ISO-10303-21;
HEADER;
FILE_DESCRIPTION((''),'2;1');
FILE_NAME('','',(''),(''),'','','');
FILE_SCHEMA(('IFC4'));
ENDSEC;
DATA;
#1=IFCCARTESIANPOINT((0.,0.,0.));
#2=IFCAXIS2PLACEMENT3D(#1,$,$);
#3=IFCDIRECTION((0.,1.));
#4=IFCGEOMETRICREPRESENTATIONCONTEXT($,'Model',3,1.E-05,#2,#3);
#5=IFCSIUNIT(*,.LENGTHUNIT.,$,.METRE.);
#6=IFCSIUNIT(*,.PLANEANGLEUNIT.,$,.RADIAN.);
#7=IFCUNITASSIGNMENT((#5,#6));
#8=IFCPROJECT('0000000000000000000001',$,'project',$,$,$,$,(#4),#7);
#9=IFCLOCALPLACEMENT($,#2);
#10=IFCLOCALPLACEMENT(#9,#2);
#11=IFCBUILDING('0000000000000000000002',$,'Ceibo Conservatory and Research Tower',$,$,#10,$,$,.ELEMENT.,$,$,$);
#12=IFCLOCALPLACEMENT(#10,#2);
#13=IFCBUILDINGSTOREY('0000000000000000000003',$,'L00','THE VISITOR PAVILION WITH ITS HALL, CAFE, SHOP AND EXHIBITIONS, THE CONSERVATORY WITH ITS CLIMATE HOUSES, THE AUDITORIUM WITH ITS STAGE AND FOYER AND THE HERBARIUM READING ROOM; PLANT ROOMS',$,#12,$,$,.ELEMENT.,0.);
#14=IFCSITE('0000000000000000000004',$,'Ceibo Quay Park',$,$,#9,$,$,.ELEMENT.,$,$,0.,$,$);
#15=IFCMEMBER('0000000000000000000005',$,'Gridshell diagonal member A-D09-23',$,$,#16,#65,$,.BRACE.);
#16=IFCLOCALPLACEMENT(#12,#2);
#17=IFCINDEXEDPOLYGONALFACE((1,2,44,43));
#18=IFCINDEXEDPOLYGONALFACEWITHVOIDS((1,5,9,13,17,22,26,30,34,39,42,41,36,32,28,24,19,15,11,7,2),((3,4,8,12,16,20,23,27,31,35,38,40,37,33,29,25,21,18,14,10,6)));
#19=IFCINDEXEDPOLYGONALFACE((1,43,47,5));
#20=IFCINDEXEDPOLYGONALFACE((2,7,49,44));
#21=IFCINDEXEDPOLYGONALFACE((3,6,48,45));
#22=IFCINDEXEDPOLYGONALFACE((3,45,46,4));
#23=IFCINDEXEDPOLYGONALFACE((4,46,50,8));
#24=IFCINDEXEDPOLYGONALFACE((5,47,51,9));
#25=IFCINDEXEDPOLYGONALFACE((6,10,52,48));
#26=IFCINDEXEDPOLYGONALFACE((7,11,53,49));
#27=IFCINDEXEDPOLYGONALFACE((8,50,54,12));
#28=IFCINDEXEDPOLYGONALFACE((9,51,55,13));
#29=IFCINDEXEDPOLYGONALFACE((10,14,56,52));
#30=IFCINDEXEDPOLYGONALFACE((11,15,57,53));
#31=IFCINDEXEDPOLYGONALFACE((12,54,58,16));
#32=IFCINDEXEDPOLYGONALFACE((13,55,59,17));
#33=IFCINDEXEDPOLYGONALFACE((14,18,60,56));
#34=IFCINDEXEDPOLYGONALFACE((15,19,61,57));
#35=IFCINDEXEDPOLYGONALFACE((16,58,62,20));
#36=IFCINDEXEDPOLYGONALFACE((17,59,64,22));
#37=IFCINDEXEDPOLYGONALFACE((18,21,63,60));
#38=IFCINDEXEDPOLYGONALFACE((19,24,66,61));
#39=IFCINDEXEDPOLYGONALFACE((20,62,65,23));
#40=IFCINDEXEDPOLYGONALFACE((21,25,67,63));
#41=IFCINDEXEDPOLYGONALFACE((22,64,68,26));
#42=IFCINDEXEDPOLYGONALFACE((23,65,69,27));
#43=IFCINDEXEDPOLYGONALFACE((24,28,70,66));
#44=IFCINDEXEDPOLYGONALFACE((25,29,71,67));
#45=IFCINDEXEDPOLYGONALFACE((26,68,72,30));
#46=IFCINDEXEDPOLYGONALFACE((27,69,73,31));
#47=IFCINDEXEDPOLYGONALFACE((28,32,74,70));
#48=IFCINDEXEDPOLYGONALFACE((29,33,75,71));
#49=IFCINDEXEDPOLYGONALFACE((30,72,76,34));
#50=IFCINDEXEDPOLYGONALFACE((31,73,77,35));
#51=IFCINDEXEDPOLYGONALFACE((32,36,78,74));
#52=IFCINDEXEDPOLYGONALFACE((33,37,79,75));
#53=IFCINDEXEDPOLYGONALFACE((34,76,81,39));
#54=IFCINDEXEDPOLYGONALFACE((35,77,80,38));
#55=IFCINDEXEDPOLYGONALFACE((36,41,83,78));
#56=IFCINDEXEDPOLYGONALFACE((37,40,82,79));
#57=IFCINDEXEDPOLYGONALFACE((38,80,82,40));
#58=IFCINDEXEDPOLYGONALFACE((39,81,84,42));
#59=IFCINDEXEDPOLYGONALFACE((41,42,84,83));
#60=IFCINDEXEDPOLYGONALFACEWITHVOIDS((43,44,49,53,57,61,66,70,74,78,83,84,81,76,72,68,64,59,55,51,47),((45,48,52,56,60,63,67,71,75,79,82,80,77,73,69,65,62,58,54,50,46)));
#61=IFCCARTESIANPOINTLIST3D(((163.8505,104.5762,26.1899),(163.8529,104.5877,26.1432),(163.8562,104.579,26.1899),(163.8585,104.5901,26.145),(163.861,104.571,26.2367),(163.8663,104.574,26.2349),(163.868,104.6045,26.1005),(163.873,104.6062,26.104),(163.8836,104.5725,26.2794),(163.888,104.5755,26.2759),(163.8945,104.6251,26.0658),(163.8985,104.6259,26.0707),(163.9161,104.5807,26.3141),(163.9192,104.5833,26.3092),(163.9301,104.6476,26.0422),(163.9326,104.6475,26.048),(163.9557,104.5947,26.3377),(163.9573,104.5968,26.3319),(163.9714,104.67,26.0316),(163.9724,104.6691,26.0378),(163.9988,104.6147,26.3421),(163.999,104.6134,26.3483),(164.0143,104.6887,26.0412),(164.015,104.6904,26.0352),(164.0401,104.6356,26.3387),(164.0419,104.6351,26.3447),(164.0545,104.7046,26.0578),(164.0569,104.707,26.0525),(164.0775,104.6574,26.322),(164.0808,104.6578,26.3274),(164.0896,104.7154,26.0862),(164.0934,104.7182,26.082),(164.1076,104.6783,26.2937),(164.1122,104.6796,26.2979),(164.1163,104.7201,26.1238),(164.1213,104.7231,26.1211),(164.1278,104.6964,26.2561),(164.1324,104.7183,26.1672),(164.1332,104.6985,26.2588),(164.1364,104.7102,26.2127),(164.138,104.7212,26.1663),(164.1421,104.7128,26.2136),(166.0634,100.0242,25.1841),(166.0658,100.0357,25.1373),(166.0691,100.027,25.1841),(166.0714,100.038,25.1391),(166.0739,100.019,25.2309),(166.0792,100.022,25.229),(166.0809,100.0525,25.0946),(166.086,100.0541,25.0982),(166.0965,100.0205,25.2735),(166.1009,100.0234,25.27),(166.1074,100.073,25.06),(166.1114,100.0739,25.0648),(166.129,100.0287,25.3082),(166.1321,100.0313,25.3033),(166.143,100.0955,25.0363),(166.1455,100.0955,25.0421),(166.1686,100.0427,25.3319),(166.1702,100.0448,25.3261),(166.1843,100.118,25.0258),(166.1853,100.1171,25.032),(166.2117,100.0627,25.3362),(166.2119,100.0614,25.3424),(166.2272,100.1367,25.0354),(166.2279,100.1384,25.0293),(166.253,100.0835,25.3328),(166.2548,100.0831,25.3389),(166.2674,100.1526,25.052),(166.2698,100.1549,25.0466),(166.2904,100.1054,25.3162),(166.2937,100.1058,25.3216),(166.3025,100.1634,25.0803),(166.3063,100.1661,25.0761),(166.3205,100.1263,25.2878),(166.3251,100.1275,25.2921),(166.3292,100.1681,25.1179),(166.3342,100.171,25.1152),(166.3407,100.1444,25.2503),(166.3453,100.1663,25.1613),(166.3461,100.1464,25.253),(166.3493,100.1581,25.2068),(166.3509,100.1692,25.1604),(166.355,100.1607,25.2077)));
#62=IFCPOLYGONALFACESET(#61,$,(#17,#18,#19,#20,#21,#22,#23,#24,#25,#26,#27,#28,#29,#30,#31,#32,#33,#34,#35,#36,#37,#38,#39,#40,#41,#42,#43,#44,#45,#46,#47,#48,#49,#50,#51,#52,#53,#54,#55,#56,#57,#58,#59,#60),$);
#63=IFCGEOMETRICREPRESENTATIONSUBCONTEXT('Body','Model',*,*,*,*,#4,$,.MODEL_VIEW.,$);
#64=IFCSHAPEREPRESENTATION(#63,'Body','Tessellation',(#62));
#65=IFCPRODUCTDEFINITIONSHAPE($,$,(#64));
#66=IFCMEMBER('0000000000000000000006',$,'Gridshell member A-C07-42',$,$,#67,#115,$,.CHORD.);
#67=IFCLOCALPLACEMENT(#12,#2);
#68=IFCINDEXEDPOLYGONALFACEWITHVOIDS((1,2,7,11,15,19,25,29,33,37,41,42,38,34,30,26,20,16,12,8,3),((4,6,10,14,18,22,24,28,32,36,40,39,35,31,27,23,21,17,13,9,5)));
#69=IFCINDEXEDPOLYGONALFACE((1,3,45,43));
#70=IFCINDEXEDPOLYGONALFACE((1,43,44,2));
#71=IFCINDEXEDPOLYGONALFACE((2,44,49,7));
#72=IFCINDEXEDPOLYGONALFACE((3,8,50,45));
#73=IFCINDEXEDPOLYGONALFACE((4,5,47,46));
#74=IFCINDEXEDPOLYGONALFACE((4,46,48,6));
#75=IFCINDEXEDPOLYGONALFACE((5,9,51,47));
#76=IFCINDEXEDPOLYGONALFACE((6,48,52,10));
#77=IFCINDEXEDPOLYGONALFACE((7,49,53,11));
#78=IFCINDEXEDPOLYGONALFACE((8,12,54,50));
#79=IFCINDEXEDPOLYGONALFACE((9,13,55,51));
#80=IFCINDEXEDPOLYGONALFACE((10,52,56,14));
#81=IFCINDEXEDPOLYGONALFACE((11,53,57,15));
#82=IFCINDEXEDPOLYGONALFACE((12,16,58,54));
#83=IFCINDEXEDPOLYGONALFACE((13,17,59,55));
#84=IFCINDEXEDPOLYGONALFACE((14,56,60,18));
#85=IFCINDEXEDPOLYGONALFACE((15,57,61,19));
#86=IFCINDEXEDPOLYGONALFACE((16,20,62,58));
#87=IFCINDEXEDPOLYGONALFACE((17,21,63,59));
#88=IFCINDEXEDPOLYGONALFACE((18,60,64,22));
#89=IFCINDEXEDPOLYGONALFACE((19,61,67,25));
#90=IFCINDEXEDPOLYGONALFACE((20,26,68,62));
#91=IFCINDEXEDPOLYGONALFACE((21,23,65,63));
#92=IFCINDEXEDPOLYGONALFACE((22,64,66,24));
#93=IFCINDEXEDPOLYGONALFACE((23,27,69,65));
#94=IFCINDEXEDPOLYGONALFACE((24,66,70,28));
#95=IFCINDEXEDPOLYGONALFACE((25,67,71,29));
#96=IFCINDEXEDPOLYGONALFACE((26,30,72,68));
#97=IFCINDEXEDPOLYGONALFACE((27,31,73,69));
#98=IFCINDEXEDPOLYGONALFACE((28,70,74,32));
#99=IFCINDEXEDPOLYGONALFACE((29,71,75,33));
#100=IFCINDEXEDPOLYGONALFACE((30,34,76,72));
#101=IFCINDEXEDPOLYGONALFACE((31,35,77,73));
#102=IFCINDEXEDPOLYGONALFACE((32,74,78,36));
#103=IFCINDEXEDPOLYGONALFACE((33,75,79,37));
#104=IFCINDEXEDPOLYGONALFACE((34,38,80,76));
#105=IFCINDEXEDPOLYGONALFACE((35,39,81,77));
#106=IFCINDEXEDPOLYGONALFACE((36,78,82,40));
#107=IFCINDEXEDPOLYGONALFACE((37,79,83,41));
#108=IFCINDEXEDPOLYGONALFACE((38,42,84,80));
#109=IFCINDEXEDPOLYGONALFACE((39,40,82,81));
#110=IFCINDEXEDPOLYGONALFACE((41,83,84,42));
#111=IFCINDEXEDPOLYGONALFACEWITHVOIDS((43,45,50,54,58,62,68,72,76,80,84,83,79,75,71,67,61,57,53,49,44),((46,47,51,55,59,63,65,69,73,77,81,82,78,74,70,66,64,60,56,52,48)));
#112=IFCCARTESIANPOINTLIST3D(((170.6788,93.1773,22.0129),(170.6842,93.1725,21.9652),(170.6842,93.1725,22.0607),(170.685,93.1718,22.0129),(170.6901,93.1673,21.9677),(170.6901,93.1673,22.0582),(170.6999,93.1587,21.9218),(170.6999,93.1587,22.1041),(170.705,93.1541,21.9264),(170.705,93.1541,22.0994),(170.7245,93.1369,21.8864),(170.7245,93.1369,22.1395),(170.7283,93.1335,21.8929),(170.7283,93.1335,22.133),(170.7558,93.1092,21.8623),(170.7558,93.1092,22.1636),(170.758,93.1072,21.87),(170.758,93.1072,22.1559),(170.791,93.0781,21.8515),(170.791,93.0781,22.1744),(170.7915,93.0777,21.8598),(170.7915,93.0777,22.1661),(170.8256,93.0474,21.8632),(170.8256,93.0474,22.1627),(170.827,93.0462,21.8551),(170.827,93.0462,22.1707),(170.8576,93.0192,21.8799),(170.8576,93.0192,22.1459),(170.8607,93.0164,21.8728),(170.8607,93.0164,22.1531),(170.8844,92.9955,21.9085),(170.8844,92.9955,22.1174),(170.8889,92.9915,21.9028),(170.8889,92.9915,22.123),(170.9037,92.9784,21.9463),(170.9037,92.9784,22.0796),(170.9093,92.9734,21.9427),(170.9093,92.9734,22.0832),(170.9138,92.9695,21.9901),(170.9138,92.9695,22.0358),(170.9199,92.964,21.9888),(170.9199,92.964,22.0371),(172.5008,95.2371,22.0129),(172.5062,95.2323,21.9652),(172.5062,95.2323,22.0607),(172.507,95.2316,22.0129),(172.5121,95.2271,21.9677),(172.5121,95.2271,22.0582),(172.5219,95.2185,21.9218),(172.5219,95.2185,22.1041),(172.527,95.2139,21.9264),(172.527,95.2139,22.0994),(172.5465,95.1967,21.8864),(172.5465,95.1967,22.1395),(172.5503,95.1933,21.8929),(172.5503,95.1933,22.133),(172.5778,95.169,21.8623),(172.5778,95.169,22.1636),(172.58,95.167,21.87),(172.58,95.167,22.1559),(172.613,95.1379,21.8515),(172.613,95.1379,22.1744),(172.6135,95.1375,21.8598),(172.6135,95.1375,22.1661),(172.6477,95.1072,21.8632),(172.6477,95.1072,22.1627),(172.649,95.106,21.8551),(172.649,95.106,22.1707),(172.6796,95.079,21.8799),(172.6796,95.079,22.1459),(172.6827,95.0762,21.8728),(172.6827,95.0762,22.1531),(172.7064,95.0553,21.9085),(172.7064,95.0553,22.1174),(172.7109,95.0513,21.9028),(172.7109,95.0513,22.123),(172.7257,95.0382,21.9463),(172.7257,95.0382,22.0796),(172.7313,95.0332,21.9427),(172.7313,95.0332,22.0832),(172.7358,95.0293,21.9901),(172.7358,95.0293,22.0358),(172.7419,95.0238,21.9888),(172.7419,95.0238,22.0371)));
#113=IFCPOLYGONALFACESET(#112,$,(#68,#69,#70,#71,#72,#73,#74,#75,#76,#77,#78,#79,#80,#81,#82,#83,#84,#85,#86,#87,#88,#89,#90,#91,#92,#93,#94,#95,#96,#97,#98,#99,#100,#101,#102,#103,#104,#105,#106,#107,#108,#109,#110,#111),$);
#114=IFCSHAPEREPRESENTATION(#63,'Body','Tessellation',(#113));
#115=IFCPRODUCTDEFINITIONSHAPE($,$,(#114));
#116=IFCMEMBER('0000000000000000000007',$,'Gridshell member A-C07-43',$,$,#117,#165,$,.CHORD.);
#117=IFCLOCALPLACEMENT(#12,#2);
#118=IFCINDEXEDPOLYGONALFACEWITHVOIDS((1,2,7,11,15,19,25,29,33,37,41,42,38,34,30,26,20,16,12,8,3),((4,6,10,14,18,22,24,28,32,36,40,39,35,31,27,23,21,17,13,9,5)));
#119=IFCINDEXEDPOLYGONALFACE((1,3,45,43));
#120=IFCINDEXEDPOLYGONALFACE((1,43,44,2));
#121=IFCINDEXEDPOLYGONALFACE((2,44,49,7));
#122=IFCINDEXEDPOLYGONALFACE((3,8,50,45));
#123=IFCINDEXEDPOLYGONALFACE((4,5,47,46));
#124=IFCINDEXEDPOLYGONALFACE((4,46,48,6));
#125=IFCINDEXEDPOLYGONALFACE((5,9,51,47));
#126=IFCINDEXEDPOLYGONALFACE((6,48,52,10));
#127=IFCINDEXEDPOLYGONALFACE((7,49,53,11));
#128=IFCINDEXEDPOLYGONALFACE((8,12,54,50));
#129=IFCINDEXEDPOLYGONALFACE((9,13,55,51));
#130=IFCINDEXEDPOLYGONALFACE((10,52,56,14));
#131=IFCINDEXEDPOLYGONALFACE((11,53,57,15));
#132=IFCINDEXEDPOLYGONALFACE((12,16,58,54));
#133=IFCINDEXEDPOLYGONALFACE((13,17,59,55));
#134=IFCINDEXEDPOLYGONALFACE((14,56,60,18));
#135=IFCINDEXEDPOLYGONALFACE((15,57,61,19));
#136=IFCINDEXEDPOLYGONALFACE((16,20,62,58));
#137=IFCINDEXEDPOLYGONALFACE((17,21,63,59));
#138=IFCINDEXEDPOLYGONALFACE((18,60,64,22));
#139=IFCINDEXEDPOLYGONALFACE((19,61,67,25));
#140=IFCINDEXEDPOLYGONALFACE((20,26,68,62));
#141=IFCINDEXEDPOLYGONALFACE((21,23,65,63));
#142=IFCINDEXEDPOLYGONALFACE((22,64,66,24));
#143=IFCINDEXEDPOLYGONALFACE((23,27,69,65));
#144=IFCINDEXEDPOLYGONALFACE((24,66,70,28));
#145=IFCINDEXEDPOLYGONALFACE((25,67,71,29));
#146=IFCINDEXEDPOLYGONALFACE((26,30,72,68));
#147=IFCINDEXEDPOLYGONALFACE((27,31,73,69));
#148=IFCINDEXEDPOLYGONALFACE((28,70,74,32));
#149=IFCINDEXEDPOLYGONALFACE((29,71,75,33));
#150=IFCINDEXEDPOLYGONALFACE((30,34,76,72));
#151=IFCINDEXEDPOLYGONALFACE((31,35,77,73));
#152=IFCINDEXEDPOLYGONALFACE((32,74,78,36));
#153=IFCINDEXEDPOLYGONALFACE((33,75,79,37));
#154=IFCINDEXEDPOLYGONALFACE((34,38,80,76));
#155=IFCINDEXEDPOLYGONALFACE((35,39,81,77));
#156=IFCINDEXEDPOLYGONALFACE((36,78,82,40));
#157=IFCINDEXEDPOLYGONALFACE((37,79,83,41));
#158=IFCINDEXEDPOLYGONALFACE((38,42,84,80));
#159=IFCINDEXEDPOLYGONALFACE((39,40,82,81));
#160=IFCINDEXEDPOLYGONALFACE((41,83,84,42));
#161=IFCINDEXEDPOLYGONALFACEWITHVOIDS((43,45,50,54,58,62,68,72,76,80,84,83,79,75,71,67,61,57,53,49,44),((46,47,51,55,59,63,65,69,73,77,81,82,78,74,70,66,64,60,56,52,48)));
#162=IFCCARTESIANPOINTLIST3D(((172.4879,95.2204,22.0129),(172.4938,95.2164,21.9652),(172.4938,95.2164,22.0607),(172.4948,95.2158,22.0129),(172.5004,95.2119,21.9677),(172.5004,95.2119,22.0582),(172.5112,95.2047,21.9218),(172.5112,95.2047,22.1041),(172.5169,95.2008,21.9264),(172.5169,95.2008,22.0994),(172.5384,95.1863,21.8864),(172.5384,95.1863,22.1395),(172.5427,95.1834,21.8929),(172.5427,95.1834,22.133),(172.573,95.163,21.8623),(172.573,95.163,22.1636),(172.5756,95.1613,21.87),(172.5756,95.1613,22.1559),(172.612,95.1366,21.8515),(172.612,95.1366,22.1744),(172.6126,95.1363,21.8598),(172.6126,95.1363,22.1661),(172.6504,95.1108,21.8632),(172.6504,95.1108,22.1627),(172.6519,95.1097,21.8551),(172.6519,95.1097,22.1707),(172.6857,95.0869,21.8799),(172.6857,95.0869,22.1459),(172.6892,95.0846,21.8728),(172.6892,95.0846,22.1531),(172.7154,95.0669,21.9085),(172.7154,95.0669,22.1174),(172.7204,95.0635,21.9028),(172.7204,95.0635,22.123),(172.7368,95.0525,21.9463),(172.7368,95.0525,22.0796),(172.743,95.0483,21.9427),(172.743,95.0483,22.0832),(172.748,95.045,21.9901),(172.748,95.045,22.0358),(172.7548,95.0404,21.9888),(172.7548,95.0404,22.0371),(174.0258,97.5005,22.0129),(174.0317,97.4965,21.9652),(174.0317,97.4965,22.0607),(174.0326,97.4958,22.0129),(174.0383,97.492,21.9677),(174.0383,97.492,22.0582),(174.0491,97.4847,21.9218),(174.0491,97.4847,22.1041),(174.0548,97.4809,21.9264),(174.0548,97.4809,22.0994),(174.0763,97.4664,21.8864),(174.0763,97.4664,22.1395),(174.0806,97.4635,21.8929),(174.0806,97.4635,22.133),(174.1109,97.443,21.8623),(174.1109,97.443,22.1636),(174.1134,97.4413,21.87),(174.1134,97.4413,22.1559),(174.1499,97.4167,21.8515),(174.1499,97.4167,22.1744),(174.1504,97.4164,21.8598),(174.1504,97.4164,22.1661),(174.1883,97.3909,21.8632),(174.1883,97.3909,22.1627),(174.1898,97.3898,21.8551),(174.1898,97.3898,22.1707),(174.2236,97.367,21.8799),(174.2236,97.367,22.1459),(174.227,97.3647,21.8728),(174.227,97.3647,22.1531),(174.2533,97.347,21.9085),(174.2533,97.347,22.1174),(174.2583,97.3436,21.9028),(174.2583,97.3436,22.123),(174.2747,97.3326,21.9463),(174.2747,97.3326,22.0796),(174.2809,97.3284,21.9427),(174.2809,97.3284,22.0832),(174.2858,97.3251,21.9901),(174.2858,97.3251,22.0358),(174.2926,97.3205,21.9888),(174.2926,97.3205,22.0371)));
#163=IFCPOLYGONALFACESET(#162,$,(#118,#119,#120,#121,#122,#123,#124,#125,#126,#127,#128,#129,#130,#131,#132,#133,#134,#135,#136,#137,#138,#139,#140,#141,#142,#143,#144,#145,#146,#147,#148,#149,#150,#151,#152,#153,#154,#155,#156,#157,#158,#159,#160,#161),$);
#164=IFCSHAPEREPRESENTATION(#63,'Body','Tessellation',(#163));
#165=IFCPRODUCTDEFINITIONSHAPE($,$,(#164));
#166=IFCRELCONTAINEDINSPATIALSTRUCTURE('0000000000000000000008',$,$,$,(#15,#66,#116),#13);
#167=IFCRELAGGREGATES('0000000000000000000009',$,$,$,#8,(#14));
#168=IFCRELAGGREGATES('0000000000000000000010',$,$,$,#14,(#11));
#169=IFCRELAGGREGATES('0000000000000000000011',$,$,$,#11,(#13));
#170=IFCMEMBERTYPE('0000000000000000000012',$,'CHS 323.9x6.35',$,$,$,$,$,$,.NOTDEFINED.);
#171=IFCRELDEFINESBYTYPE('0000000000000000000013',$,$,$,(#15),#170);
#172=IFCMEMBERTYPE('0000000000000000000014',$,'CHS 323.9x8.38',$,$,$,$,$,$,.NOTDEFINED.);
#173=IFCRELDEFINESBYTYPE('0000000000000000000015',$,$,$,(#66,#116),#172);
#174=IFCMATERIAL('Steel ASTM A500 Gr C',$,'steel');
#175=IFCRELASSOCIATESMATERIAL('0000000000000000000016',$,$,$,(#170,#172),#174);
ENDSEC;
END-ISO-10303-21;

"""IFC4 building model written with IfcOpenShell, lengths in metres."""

from ifc_helpers import new_model, si_unit, direction, frame, origin, origin_2d, place, context, subcontext, project, spatial, hollow_circle, extrude, material, material_profile, profile_set, type_object, element, save


model = new_model("IFC4")

# Units and contexts
model_context = context("Model", 3, precision=1e-05, world=origin(), true_north=direction((0.0, 1.0)))
body_context = subcontext(model_context, "Body", "Model", "MODEL_VIEW")
ifc_project = project(units=[si_unit("LENGTHUNIT", "METRE"), si_unit("PLANEANGLEUNIT", "RADIAN")], contexts=[model_context])

# Site, building, storey
site_placement = place(None, origin())
site = spatial("IfcSite", under=ifc_project, at=site_placement, Name="Ceibo Quay Park", CompositionType="ELEMENT", RefElevation=0.0)
building_placement = place(site_placement, origin())
building = spatial("IfcBuilding", under=site, at=building_placement, Name="Ceibo Conservatory and Research Tower", CompositionType="ELEMENT")
storey_placement = place(building_placement, origin())
storey = spatial("IfcBuildingStorey", under=building, at=storey_placement, Name="L00", Description="THE VISITOR PAVILION WITH ITS HALL, CAFE, SHOP AND EXHIBITIONS, THE CONSERVATORY WITH ITS CLIMATE HOUSES, THE AUDITORIUM WITH ITS STAGE AND FOYER AND THE HERBARIUM READING ROOM; PLANT ROOMS", CompositionType="ELEMENT", Elevation=0.0)

# Members
ifc_material_1 = material(Name="Steel ASTM A500 Gr C", Category="steel")
ifc_material_profile_1 = material_profile(ifc_material_1, hollow_circle(Radius=0.1619, WallThickness=0.0063, at=origin_2d()), Name="CHS 323.9x6.35")
ifc_profile_set_1 = profile_set([ifc_material_profile_1], Name="Steel ASTM A500 Gr C")
member_type_1 = type_object("IfcMemberType", Name="CHS 323.9x6.35", PredefinedType="NOTDEFINED", material=ifc_profile_set_1)
member_1_placement = place(storey_placement, frame((166.209, 100.095, 25.1841), z_axis=(-0.428824, 0.882109, 0.19492), x_axis=(-0.899359, -0.437211, 0.0)))
element("IfcMember", 1, at=member_1_placement, inside=storey, type_object=member_type_1, Name="Gridshell diagonal member A-D09-23", PredefinedType="BRACE", context=body_context, shape_type="SweptSolid", body=[
    extrude(hollow_circle(Radius=0.1619, WallThickness=0.0063, at=origin_2d()), origin(), (0.0, 0.0, 1.0), 5.1604),
])
ifc_material_profile_2 = material_profile(ifc_material_1, hollow_circle(Radius=0.1619, WallThickness=0.0083, at=origin_2d()), Name="CHS 323.9x8.38")
ifc_profile_set_2 = profile_set([ifc_material_profile_2], Name="Steel ASTM A500 Gr C")
member_type_2 = type_object("IfcMemberType", Name="CHS 323.9x8.38", PredefinedType="NOTDEFINED", material=ifc_profile_set_2)
member_2_placement = place(storey_placement, frame((170.8, 93.0701, 22.0129), z_axis=(0.662549, 0.749019, 0.0), x_axis=(-0.749019, 0.662549, 0.0)))
element("IfcMember", 2, at=member_2_placement, inside=storey, type_object=member_type_2, Name="Gridshell member A-C07-42", PredefinedType="CHORD", context=body_context, shape_type="SweptSolid", body=[
    extrude(hollow_circle(Radius=0.1619, WallThickness=0.0083, at=origin_2d()), origin(), (0.0, 0.0, 1.0), 2.75),
])
member_3_placement = place(storey_placement, frame((172.6221, 95.1299, 22.0129), z_axis=(0.559179, 0.829047, 0.0), x_axis=(-0.829047, 0.559179, 0.0)))
element("IfcMember", 3, at=member_3_placement, inside=storey, type_object=member_type_2, Name="Gridshell member A-C07-43", PredefinedType="CHORD", context=body_context, shape_type="SweptSolid", body=[
    extrude(hollow_circle(Radius=0.1619, WallThickness=0.0083, at=origin_2d()), origin(), (0.0, 0.0, 1.0), 2.7502),
])

save(model, "model.ifc")
